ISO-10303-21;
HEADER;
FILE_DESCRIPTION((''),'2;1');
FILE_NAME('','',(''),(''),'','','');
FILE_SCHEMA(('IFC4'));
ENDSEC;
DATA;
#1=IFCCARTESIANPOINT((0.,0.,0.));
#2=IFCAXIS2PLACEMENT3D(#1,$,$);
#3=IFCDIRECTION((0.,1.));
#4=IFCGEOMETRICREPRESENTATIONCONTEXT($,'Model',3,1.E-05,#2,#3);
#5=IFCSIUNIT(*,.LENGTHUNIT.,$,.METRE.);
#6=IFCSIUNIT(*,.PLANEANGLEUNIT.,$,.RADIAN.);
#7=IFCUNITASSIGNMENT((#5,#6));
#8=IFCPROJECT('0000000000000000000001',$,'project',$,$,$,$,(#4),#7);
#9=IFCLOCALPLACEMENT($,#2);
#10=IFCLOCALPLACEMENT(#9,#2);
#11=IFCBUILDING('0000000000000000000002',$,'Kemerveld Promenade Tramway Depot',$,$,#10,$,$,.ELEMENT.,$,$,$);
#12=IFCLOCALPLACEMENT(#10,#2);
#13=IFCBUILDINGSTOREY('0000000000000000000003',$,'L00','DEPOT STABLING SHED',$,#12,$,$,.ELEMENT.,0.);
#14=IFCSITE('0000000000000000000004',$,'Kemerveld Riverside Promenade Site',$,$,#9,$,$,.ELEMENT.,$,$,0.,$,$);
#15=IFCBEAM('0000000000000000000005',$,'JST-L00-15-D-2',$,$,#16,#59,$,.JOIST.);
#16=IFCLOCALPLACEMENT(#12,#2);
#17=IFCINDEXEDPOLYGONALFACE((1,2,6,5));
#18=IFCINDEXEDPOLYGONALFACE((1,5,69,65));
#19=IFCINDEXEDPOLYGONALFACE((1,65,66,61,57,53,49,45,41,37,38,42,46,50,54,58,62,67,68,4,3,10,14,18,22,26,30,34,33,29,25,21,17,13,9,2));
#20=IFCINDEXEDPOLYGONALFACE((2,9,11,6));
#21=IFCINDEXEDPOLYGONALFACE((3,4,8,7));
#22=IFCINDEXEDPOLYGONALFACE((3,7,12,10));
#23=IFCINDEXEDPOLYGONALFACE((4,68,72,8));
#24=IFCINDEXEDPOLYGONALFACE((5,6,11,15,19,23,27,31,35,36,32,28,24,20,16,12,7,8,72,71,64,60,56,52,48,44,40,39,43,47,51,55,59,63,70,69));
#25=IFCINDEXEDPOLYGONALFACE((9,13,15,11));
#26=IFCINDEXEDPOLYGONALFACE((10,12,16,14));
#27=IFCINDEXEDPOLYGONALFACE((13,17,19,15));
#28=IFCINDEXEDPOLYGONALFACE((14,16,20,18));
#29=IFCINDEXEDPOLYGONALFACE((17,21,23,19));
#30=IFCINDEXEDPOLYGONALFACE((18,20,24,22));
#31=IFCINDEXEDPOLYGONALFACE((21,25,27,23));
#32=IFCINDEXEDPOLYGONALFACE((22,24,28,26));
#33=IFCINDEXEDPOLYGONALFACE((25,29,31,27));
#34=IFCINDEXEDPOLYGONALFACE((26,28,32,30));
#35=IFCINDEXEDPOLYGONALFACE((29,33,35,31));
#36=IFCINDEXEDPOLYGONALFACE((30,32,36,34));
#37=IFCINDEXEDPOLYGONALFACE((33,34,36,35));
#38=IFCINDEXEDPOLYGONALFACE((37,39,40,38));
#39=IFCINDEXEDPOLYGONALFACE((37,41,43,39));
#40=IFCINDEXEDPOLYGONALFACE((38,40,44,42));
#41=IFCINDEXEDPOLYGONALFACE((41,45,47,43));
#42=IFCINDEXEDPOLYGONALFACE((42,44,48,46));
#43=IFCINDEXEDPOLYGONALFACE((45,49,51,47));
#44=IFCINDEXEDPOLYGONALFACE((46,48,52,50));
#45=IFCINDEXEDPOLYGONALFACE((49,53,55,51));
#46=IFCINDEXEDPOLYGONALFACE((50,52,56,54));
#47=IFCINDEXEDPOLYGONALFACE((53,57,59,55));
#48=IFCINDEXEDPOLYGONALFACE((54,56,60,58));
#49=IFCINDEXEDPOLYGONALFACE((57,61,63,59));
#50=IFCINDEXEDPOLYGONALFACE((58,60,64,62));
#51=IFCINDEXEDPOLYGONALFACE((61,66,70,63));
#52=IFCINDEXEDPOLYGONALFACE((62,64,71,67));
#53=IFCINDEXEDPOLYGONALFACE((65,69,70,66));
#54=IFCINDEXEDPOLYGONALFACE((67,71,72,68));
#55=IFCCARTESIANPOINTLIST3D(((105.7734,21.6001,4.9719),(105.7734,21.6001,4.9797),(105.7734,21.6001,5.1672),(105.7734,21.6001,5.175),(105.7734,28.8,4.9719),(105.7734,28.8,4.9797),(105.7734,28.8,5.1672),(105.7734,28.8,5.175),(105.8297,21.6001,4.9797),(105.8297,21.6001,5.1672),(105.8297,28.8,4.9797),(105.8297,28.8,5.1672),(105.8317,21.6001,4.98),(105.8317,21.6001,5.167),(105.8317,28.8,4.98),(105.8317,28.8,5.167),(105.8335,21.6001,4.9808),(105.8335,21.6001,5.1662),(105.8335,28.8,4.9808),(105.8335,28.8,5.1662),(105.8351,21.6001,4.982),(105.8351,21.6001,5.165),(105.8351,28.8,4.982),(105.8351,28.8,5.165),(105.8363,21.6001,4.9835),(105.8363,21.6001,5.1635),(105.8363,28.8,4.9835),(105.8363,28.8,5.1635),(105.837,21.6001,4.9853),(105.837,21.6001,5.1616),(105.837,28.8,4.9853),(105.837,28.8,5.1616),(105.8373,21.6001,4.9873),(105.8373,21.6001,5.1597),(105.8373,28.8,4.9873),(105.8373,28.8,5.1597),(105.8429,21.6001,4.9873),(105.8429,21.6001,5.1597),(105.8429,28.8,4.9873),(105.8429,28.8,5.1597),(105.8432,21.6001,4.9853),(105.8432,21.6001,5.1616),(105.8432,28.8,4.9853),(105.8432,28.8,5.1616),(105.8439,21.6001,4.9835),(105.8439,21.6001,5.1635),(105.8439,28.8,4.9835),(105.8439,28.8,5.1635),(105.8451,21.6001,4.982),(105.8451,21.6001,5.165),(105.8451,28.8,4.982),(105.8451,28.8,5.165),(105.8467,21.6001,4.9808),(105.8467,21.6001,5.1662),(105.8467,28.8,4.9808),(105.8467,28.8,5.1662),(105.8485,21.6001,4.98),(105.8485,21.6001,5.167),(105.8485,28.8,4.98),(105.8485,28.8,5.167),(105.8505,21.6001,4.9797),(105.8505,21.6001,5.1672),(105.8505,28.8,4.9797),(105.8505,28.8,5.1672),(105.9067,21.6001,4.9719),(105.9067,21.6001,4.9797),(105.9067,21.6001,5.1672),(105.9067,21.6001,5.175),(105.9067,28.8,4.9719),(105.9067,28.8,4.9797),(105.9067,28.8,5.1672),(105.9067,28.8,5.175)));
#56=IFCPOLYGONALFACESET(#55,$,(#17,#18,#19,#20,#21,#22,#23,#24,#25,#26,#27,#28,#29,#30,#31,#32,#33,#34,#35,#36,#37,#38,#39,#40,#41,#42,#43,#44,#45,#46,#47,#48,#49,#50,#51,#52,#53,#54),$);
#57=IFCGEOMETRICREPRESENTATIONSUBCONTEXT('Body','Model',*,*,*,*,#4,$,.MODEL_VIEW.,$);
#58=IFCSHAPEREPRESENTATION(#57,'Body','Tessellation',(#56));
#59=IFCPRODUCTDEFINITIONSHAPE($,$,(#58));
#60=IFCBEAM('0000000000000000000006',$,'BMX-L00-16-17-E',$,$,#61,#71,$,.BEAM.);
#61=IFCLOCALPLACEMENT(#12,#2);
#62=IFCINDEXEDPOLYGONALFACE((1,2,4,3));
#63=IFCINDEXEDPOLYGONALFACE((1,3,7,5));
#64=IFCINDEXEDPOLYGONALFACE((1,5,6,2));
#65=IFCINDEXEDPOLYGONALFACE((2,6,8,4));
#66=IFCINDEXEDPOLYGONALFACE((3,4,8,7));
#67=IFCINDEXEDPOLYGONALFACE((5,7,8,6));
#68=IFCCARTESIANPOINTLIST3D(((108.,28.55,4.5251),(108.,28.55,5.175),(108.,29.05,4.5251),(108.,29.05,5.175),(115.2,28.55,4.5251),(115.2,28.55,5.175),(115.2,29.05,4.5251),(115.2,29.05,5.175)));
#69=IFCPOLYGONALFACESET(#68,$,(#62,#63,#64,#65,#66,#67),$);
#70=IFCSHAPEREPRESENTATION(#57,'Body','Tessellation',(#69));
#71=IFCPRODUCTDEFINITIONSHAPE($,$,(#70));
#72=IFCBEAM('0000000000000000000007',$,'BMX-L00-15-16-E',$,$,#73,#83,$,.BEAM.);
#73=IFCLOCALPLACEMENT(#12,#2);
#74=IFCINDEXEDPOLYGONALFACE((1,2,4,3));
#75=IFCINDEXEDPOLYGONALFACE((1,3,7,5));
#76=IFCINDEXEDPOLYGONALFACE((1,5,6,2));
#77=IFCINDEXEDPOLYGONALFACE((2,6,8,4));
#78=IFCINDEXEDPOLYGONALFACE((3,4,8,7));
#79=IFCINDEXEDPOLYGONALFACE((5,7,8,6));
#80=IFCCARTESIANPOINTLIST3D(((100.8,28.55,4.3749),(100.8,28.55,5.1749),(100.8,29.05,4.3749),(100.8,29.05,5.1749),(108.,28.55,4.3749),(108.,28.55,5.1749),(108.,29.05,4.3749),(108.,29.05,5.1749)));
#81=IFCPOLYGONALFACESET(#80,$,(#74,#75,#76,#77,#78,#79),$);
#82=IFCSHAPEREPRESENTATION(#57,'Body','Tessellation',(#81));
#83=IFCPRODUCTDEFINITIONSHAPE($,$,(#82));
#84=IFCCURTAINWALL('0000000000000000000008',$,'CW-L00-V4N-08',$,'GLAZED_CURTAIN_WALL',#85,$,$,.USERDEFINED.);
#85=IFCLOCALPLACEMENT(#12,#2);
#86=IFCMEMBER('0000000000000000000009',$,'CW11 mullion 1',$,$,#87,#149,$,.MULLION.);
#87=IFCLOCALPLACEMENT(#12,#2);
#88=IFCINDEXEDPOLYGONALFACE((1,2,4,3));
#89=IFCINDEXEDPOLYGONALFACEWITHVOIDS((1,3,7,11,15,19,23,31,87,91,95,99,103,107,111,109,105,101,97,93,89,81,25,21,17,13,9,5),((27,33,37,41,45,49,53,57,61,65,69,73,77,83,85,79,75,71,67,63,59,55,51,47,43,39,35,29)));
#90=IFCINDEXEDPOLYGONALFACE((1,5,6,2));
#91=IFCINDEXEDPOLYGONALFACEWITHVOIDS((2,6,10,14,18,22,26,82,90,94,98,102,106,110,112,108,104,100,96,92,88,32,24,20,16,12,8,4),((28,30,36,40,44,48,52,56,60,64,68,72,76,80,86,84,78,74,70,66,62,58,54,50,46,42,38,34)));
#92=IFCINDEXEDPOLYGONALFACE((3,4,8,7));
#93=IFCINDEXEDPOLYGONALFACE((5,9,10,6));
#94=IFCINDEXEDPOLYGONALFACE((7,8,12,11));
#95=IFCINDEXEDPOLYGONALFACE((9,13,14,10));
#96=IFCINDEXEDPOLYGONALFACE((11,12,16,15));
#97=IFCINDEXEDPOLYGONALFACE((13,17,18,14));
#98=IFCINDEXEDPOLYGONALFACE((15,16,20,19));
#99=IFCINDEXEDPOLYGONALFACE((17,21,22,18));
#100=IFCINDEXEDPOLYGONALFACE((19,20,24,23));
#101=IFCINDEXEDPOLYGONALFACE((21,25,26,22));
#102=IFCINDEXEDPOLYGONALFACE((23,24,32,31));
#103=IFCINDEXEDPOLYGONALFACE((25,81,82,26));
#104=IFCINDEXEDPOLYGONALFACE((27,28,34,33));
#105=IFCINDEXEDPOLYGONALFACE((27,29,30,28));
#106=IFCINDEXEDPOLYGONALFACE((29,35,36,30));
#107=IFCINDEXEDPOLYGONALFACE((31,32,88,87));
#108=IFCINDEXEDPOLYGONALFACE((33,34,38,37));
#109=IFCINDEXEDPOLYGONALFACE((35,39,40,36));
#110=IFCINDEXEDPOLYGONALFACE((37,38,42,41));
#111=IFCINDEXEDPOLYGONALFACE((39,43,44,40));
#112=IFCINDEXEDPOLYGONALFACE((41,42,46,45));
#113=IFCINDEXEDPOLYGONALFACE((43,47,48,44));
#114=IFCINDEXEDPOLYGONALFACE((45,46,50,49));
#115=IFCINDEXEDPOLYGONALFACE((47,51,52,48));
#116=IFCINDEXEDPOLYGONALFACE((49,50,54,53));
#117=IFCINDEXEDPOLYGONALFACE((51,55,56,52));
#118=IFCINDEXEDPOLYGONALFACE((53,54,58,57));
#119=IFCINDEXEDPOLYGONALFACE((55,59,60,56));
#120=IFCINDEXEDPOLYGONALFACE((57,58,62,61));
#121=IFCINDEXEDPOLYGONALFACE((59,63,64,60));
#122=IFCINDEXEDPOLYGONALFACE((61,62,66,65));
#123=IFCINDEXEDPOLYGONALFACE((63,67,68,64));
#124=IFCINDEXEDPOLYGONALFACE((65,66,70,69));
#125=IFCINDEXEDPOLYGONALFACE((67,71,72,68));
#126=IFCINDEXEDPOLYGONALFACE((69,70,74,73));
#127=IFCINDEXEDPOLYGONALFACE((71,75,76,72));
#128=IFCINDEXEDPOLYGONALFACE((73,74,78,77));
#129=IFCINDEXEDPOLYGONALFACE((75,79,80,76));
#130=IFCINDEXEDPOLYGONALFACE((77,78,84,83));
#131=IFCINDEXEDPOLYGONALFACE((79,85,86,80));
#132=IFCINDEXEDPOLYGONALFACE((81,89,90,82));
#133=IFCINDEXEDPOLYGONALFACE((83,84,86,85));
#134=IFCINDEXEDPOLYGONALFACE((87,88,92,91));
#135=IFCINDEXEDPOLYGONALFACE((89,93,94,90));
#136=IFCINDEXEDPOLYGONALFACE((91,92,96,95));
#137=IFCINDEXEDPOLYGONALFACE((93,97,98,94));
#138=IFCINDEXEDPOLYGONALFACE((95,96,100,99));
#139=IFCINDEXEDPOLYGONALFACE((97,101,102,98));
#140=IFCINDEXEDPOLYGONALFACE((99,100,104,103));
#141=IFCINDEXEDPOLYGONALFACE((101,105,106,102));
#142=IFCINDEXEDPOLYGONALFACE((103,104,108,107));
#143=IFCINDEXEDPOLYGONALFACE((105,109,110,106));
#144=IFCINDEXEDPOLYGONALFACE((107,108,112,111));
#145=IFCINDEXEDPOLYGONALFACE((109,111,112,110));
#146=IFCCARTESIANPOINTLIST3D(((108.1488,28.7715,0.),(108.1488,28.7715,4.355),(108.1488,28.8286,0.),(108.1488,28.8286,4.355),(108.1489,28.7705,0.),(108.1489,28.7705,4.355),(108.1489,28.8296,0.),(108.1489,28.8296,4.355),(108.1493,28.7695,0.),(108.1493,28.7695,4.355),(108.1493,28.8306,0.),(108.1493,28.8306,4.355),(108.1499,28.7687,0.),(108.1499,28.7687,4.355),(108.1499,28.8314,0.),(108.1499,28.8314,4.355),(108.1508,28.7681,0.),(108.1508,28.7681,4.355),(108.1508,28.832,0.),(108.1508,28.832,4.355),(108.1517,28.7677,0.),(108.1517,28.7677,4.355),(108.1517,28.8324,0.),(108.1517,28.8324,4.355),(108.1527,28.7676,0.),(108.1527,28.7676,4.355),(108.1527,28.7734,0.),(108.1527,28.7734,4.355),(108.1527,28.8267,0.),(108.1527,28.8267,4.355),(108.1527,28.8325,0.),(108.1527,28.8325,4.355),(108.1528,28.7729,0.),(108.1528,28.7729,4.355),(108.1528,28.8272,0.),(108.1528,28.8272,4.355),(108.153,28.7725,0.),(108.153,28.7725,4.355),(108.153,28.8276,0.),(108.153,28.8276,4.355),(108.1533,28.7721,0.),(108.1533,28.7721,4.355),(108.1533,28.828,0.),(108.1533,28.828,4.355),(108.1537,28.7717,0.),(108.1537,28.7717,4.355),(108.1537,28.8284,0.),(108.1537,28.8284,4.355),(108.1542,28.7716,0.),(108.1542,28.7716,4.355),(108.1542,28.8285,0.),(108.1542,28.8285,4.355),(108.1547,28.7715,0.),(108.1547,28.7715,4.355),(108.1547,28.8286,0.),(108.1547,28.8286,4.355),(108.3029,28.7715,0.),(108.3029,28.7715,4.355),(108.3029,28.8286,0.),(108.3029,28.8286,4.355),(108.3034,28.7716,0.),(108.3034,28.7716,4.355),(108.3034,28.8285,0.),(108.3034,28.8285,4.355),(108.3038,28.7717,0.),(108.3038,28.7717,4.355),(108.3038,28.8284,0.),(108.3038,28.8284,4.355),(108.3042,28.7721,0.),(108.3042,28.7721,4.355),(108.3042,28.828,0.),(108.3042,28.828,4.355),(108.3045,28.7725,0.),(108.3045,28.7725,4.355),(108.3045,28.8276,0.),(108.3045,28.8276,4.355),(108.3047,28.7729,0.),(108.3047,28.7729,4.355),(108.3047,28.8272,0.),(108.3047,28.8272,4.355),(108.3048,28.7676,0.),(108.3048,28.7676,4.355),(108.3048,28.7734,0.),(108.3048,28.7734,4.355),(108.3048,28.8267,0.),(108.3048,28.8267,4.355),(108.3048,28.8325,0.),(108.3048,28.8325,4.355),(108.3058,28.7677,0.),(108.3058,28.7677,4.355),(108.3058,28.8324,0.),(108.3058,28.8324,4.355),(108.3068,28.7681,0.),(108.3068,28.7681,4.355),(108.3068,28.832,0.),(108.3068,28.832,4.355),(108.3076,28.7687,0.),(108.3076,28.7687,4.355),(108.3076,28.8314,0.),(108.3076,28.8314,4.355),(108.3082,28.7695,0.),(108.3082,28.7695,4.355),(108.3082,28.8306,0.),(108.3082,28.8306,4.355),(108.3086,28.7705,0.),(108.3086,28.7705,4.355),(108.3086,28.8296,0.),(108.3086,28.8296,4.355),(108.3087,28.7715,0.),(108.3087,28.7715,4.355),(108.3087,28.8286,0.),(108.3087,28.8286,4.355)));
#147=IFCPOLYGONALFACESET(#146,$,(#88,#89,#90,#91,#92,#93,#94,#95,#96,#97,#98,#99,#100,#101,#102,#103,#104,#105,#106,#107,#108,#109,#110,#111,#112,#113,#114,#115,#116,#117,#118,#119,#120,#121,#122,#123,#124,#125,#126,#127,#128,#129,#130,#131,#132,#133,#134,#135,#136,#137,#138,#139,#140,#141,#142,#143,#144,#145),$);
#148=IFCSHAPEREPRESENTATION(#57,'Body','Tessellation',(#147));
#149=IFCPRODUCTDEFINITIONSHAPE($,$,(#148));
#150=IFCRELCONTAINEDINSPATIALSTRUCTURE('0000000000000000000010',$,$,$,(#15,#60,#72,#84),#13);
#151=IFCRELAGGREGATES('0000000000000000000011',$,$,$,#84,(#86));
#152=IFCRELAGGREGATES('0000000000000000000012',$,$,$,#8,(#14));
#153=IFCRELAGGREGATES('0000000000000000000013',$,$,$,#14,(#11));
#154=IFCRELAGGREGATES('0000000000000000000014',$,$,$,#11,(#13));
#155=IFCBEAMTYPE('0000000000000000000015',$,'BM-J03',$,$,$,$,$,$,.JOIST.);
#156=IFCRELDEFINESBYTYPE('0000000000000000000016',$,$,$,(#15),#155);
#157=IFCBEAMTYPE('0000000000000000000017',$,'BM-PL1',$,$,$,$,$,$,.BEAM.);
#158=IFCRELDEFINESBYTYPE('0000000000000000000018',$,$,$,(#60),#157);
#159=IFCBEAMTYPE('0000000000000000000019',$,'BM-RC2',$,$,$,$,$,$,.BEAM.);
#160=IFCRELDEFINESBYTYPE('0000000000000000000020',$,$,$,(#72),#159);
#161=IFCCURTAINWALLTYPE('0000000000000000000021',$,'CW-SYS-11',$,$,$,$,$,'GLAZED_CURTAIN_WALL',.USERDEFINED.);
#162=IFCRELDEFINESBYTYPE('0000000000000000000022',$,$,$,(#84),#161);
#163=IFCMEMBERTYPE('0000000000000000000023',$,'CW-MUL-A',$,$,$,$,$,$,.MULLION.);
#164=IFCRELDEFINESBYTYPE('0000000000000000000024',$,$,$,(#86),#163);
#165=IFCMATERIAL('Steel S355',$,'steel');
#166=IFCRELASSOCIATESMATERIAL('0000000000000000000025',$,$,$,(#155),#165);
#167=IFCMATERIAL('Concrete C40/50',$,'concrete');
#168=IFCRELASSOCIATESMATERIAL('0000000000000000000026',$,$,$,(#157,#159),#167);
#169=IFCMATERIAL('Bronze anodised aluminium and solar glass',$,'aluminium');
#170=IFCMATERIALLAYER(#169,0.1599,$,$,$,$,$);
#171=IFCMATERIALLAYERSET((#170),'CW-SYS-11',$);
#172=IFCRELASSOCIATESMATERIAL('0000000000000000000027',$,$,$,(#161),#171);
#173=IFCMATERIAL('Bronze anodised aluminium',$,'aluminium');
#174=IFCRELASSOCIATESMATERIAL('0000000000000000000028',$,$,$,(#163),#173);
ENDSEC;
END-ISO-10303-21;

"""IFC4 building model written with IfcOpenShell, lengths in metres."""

from ifc_helpers import new_model, si_unit, direction, frame, origin, origin_2d, place, context, subcontext, project, spatial, rectangle, hollow_rectangle, i_section, extrude, material, layer, layer_set, material_profile, profile_set, type_object, element, aggregate, save


model = new_model("IFC4")

# Units and contexts
model_context = context("Model", 3, precision=1e-05, world=origin(), true_north=direction((0.0, 1.0)))
body_context = subcontext(model_context, "Body", "Model", "MODEL_VIEW")
ifc_project = project(units=[si_unit("LENGTHUNIT", "METRE"), si_unit("PLANEANGLEUNIT", "RADIAN")], contexts=[model_context])

# Site, building, storey
site_placement = place(None, origin())
site = spatial("IfcSite", under=ifc_project, at=site_placement, Name="Kemerveld Riverside Promenade Site", CompositionType="ELEMENT", RefElevation=0.0)
building_placement = place(site_placement, origin())
building = spatial("IfcBuilding", under=site, at=building_placement, Name="Kemerveld Promenade Tramway Depot", CompositionType="ELEMENT")
storey_placement = place(building_placement, origin())
storey = spatial("IfcBuildingStorey", under=building, at=storey_placement, Name="L00", Description="DEPOT STABLING SHED", CompositionType="ELEMENT", Elevation=0.0)

# Shared definitions
ifc_material_1 = material(Name="Steel S355", Category="steel")

# Beams
ifc_material_profile_1 = material_profile(ifc_material_1, i_section(OverallWidth=0.1333, OverallDepth=0.2031, WebThickness=0.0056, FlangeThickness=0.0078, FilletRadius=0.0076, at=origin_2d()), Name="203x133x25 UB")
ifc_profile_set_1 = profile_set([ifc_material_profile_1], Name="Steel S355")
beam_type_1 = type_object("IfcBeamType", Name="BM-J03", PredefinedType="JOIST", material=ifc_profile_set_1)
beam_1_placement = place(storey_placement, frame((105.8401, 21.6001, 5.0735), z_axis=(0.0, 1.0, 0.0), x_axis=(-1.0, 0.0, 0.0)))
element("IfcBeam", 1, at=beam_1_placement, inside=storey, type_object=beam_type_1, Name="JST-L00-15-D-2", PredefinedType="JOIST", context=body_context, shape_type="SweptSolid", body=[
    extrude(i_section(OverallWidth=0.1333, OverallDepth=0.2031, WebThickness=0.0056, FlangeThickness=0.0078, FilletRadius=0.0076, at=origin_2d()), origin(), (0.0, 0.0, 1.0), 7.2),
])
ifc_material_2 = material(Name="Concrete C40/50", Category="concrete")
ifc_material_profile_2 = material_profile(ifc_material_2, rectangle(XDim=0.5, YDim=0.6499, at=origin_2d()), Name="RC-PLINTH-500x650")
ifc_profile_set_2 = profile_set([ifc_material_profile_2], Name="Concrete C40/50")
beam_type_2 = type_object("IfcBeamType", Name="BM-PL1", PredefinedType="BEAM", material=ifc_profile_set_2)
beam_2_placement = place(storey_placement, frame((108.0, 28.8, 4.8501), z_axis=(1.0, 0.0, 0.0), x_axis=(0.0, 1.0, 0.0)))
element("IfcBeam", 2, at=beam_2_placement, inside=storey, type_object=beam_type_2, Name="BMX-L00-16-17-E", PredefinedType="BEAM", context=body_context, shape_type="SweptSolid", body=[
    extrude(rectangle(XDim=0.5, YDim=0.6499, at=origin_2d()), origin(), (0.0, 0.0, 1.0), 7.2),
])
ifc_material_profile_3 = material_profile(ifc_material_2, rectangle(XDim=0.5, YDim=0.8, at=origin_2d()), Name="RC-BM-500x800")
ifc_profile_set_3 = profile_set([ifc_material_profile_3], Name="Concrete C40/50")
beam_type_3 = type_object("IfcBeamType", Name="BM-RC2", PredefinedType="BEAM", material=ifc_profile_set_3)
beam_3_placement = place(storey_placement, frame((100.8, 28.8, 4.7749), z_axis=(1.0, 0.0, 0.0), x_axis=(0.0, 1.0, 0.0)))
element("IfcBeam", 3, at=beam_3_placement, inside=storey, type_object=beam_type_3, Name="BMX-L00-15-16-E", PredefinedType="BEAM", context=body_context, shape_type="SweptSolid", body=[
    extrude(rectangle(XDim=0.5, YDim=0.8, at=origin_2d()), origin(), (0.0, 0.0, 1.0), 7.2),
])

# Curtain wall, member
ifc_material_3 = material(Name="Bronze anodised aluminium and solar glass", Category="aluminium")
ifc_layer_1 = layer(ifc_material_3, 0.1599)
ifc_layer_set_1 = layer_set([ifc_layer_1], Name="CW-SYS-11")
curtain_wall_type = type_object("IfcCurtainWallType", Name="CW-SYS-11", ElementType="GLAZED_CURTAIN_WALL", PredefinedType="USERDEFINED", material=ifc_layer_set_1)
curtain_wall_placement = place(storey_placement, origin())
curtain_wall = element("IfcCurtainWall", 4, at=curtain_wall_placement, inside=storey, type_object=curtain_wall_type, Name="CW-L00-V4N-08", ObjectType="GLAZED_CURTAIN_WALL", PredefinedType="USERDEFINED")
ifc_material_4 = material(Name="Bronze anodised aluminium", Category="aluminium")
ifc_material_profile_4 = material_profile(ifc_material_4, hollow_rectangle(XDim=0.0649, YDim=0.1599, WallThickness=0.0039, InnerFilletRadius=0.002, OuterFilletRadius=0.0039, at=origin_2d()), Name="CW-MUL-160x65")
ifc_profile_set_4 = profile_set([ifc_material_profile_4], Name="Bronze anodised aluminium")
member_type_1 = type_object("IfcMemberType", Name="CW-MUL-A", PredefinedType="MULLION", material=ifc_profile_set_4)
member_1_placement = place(storey_placement, frame((108.2288, 28.8, 0.0), z_axis=(0.0, 0.0, 1.0), x_axis=(0.0, 1.0, 0.0)))
member_1 = element("IfcMember", 5, at=member_1_placement, type_object=member_type_1, Name="CW11 mullion 1", PredefinedType="MULLION", context=body_context, shape_type="SweptSolid", body=[
    extrude(hollow_rectangle(XDim=0.0649, YDim=0.1599, WallThickness=0.0039, InnerFilletRadius=0.002, OuterFilletRadius=0.0039, at=origin_2d()), origin(), (0.0, 0.0, 1.0), 4.355),
])
aggregate(curtain_wall, [member_1])

save(model, "model.ifc")
